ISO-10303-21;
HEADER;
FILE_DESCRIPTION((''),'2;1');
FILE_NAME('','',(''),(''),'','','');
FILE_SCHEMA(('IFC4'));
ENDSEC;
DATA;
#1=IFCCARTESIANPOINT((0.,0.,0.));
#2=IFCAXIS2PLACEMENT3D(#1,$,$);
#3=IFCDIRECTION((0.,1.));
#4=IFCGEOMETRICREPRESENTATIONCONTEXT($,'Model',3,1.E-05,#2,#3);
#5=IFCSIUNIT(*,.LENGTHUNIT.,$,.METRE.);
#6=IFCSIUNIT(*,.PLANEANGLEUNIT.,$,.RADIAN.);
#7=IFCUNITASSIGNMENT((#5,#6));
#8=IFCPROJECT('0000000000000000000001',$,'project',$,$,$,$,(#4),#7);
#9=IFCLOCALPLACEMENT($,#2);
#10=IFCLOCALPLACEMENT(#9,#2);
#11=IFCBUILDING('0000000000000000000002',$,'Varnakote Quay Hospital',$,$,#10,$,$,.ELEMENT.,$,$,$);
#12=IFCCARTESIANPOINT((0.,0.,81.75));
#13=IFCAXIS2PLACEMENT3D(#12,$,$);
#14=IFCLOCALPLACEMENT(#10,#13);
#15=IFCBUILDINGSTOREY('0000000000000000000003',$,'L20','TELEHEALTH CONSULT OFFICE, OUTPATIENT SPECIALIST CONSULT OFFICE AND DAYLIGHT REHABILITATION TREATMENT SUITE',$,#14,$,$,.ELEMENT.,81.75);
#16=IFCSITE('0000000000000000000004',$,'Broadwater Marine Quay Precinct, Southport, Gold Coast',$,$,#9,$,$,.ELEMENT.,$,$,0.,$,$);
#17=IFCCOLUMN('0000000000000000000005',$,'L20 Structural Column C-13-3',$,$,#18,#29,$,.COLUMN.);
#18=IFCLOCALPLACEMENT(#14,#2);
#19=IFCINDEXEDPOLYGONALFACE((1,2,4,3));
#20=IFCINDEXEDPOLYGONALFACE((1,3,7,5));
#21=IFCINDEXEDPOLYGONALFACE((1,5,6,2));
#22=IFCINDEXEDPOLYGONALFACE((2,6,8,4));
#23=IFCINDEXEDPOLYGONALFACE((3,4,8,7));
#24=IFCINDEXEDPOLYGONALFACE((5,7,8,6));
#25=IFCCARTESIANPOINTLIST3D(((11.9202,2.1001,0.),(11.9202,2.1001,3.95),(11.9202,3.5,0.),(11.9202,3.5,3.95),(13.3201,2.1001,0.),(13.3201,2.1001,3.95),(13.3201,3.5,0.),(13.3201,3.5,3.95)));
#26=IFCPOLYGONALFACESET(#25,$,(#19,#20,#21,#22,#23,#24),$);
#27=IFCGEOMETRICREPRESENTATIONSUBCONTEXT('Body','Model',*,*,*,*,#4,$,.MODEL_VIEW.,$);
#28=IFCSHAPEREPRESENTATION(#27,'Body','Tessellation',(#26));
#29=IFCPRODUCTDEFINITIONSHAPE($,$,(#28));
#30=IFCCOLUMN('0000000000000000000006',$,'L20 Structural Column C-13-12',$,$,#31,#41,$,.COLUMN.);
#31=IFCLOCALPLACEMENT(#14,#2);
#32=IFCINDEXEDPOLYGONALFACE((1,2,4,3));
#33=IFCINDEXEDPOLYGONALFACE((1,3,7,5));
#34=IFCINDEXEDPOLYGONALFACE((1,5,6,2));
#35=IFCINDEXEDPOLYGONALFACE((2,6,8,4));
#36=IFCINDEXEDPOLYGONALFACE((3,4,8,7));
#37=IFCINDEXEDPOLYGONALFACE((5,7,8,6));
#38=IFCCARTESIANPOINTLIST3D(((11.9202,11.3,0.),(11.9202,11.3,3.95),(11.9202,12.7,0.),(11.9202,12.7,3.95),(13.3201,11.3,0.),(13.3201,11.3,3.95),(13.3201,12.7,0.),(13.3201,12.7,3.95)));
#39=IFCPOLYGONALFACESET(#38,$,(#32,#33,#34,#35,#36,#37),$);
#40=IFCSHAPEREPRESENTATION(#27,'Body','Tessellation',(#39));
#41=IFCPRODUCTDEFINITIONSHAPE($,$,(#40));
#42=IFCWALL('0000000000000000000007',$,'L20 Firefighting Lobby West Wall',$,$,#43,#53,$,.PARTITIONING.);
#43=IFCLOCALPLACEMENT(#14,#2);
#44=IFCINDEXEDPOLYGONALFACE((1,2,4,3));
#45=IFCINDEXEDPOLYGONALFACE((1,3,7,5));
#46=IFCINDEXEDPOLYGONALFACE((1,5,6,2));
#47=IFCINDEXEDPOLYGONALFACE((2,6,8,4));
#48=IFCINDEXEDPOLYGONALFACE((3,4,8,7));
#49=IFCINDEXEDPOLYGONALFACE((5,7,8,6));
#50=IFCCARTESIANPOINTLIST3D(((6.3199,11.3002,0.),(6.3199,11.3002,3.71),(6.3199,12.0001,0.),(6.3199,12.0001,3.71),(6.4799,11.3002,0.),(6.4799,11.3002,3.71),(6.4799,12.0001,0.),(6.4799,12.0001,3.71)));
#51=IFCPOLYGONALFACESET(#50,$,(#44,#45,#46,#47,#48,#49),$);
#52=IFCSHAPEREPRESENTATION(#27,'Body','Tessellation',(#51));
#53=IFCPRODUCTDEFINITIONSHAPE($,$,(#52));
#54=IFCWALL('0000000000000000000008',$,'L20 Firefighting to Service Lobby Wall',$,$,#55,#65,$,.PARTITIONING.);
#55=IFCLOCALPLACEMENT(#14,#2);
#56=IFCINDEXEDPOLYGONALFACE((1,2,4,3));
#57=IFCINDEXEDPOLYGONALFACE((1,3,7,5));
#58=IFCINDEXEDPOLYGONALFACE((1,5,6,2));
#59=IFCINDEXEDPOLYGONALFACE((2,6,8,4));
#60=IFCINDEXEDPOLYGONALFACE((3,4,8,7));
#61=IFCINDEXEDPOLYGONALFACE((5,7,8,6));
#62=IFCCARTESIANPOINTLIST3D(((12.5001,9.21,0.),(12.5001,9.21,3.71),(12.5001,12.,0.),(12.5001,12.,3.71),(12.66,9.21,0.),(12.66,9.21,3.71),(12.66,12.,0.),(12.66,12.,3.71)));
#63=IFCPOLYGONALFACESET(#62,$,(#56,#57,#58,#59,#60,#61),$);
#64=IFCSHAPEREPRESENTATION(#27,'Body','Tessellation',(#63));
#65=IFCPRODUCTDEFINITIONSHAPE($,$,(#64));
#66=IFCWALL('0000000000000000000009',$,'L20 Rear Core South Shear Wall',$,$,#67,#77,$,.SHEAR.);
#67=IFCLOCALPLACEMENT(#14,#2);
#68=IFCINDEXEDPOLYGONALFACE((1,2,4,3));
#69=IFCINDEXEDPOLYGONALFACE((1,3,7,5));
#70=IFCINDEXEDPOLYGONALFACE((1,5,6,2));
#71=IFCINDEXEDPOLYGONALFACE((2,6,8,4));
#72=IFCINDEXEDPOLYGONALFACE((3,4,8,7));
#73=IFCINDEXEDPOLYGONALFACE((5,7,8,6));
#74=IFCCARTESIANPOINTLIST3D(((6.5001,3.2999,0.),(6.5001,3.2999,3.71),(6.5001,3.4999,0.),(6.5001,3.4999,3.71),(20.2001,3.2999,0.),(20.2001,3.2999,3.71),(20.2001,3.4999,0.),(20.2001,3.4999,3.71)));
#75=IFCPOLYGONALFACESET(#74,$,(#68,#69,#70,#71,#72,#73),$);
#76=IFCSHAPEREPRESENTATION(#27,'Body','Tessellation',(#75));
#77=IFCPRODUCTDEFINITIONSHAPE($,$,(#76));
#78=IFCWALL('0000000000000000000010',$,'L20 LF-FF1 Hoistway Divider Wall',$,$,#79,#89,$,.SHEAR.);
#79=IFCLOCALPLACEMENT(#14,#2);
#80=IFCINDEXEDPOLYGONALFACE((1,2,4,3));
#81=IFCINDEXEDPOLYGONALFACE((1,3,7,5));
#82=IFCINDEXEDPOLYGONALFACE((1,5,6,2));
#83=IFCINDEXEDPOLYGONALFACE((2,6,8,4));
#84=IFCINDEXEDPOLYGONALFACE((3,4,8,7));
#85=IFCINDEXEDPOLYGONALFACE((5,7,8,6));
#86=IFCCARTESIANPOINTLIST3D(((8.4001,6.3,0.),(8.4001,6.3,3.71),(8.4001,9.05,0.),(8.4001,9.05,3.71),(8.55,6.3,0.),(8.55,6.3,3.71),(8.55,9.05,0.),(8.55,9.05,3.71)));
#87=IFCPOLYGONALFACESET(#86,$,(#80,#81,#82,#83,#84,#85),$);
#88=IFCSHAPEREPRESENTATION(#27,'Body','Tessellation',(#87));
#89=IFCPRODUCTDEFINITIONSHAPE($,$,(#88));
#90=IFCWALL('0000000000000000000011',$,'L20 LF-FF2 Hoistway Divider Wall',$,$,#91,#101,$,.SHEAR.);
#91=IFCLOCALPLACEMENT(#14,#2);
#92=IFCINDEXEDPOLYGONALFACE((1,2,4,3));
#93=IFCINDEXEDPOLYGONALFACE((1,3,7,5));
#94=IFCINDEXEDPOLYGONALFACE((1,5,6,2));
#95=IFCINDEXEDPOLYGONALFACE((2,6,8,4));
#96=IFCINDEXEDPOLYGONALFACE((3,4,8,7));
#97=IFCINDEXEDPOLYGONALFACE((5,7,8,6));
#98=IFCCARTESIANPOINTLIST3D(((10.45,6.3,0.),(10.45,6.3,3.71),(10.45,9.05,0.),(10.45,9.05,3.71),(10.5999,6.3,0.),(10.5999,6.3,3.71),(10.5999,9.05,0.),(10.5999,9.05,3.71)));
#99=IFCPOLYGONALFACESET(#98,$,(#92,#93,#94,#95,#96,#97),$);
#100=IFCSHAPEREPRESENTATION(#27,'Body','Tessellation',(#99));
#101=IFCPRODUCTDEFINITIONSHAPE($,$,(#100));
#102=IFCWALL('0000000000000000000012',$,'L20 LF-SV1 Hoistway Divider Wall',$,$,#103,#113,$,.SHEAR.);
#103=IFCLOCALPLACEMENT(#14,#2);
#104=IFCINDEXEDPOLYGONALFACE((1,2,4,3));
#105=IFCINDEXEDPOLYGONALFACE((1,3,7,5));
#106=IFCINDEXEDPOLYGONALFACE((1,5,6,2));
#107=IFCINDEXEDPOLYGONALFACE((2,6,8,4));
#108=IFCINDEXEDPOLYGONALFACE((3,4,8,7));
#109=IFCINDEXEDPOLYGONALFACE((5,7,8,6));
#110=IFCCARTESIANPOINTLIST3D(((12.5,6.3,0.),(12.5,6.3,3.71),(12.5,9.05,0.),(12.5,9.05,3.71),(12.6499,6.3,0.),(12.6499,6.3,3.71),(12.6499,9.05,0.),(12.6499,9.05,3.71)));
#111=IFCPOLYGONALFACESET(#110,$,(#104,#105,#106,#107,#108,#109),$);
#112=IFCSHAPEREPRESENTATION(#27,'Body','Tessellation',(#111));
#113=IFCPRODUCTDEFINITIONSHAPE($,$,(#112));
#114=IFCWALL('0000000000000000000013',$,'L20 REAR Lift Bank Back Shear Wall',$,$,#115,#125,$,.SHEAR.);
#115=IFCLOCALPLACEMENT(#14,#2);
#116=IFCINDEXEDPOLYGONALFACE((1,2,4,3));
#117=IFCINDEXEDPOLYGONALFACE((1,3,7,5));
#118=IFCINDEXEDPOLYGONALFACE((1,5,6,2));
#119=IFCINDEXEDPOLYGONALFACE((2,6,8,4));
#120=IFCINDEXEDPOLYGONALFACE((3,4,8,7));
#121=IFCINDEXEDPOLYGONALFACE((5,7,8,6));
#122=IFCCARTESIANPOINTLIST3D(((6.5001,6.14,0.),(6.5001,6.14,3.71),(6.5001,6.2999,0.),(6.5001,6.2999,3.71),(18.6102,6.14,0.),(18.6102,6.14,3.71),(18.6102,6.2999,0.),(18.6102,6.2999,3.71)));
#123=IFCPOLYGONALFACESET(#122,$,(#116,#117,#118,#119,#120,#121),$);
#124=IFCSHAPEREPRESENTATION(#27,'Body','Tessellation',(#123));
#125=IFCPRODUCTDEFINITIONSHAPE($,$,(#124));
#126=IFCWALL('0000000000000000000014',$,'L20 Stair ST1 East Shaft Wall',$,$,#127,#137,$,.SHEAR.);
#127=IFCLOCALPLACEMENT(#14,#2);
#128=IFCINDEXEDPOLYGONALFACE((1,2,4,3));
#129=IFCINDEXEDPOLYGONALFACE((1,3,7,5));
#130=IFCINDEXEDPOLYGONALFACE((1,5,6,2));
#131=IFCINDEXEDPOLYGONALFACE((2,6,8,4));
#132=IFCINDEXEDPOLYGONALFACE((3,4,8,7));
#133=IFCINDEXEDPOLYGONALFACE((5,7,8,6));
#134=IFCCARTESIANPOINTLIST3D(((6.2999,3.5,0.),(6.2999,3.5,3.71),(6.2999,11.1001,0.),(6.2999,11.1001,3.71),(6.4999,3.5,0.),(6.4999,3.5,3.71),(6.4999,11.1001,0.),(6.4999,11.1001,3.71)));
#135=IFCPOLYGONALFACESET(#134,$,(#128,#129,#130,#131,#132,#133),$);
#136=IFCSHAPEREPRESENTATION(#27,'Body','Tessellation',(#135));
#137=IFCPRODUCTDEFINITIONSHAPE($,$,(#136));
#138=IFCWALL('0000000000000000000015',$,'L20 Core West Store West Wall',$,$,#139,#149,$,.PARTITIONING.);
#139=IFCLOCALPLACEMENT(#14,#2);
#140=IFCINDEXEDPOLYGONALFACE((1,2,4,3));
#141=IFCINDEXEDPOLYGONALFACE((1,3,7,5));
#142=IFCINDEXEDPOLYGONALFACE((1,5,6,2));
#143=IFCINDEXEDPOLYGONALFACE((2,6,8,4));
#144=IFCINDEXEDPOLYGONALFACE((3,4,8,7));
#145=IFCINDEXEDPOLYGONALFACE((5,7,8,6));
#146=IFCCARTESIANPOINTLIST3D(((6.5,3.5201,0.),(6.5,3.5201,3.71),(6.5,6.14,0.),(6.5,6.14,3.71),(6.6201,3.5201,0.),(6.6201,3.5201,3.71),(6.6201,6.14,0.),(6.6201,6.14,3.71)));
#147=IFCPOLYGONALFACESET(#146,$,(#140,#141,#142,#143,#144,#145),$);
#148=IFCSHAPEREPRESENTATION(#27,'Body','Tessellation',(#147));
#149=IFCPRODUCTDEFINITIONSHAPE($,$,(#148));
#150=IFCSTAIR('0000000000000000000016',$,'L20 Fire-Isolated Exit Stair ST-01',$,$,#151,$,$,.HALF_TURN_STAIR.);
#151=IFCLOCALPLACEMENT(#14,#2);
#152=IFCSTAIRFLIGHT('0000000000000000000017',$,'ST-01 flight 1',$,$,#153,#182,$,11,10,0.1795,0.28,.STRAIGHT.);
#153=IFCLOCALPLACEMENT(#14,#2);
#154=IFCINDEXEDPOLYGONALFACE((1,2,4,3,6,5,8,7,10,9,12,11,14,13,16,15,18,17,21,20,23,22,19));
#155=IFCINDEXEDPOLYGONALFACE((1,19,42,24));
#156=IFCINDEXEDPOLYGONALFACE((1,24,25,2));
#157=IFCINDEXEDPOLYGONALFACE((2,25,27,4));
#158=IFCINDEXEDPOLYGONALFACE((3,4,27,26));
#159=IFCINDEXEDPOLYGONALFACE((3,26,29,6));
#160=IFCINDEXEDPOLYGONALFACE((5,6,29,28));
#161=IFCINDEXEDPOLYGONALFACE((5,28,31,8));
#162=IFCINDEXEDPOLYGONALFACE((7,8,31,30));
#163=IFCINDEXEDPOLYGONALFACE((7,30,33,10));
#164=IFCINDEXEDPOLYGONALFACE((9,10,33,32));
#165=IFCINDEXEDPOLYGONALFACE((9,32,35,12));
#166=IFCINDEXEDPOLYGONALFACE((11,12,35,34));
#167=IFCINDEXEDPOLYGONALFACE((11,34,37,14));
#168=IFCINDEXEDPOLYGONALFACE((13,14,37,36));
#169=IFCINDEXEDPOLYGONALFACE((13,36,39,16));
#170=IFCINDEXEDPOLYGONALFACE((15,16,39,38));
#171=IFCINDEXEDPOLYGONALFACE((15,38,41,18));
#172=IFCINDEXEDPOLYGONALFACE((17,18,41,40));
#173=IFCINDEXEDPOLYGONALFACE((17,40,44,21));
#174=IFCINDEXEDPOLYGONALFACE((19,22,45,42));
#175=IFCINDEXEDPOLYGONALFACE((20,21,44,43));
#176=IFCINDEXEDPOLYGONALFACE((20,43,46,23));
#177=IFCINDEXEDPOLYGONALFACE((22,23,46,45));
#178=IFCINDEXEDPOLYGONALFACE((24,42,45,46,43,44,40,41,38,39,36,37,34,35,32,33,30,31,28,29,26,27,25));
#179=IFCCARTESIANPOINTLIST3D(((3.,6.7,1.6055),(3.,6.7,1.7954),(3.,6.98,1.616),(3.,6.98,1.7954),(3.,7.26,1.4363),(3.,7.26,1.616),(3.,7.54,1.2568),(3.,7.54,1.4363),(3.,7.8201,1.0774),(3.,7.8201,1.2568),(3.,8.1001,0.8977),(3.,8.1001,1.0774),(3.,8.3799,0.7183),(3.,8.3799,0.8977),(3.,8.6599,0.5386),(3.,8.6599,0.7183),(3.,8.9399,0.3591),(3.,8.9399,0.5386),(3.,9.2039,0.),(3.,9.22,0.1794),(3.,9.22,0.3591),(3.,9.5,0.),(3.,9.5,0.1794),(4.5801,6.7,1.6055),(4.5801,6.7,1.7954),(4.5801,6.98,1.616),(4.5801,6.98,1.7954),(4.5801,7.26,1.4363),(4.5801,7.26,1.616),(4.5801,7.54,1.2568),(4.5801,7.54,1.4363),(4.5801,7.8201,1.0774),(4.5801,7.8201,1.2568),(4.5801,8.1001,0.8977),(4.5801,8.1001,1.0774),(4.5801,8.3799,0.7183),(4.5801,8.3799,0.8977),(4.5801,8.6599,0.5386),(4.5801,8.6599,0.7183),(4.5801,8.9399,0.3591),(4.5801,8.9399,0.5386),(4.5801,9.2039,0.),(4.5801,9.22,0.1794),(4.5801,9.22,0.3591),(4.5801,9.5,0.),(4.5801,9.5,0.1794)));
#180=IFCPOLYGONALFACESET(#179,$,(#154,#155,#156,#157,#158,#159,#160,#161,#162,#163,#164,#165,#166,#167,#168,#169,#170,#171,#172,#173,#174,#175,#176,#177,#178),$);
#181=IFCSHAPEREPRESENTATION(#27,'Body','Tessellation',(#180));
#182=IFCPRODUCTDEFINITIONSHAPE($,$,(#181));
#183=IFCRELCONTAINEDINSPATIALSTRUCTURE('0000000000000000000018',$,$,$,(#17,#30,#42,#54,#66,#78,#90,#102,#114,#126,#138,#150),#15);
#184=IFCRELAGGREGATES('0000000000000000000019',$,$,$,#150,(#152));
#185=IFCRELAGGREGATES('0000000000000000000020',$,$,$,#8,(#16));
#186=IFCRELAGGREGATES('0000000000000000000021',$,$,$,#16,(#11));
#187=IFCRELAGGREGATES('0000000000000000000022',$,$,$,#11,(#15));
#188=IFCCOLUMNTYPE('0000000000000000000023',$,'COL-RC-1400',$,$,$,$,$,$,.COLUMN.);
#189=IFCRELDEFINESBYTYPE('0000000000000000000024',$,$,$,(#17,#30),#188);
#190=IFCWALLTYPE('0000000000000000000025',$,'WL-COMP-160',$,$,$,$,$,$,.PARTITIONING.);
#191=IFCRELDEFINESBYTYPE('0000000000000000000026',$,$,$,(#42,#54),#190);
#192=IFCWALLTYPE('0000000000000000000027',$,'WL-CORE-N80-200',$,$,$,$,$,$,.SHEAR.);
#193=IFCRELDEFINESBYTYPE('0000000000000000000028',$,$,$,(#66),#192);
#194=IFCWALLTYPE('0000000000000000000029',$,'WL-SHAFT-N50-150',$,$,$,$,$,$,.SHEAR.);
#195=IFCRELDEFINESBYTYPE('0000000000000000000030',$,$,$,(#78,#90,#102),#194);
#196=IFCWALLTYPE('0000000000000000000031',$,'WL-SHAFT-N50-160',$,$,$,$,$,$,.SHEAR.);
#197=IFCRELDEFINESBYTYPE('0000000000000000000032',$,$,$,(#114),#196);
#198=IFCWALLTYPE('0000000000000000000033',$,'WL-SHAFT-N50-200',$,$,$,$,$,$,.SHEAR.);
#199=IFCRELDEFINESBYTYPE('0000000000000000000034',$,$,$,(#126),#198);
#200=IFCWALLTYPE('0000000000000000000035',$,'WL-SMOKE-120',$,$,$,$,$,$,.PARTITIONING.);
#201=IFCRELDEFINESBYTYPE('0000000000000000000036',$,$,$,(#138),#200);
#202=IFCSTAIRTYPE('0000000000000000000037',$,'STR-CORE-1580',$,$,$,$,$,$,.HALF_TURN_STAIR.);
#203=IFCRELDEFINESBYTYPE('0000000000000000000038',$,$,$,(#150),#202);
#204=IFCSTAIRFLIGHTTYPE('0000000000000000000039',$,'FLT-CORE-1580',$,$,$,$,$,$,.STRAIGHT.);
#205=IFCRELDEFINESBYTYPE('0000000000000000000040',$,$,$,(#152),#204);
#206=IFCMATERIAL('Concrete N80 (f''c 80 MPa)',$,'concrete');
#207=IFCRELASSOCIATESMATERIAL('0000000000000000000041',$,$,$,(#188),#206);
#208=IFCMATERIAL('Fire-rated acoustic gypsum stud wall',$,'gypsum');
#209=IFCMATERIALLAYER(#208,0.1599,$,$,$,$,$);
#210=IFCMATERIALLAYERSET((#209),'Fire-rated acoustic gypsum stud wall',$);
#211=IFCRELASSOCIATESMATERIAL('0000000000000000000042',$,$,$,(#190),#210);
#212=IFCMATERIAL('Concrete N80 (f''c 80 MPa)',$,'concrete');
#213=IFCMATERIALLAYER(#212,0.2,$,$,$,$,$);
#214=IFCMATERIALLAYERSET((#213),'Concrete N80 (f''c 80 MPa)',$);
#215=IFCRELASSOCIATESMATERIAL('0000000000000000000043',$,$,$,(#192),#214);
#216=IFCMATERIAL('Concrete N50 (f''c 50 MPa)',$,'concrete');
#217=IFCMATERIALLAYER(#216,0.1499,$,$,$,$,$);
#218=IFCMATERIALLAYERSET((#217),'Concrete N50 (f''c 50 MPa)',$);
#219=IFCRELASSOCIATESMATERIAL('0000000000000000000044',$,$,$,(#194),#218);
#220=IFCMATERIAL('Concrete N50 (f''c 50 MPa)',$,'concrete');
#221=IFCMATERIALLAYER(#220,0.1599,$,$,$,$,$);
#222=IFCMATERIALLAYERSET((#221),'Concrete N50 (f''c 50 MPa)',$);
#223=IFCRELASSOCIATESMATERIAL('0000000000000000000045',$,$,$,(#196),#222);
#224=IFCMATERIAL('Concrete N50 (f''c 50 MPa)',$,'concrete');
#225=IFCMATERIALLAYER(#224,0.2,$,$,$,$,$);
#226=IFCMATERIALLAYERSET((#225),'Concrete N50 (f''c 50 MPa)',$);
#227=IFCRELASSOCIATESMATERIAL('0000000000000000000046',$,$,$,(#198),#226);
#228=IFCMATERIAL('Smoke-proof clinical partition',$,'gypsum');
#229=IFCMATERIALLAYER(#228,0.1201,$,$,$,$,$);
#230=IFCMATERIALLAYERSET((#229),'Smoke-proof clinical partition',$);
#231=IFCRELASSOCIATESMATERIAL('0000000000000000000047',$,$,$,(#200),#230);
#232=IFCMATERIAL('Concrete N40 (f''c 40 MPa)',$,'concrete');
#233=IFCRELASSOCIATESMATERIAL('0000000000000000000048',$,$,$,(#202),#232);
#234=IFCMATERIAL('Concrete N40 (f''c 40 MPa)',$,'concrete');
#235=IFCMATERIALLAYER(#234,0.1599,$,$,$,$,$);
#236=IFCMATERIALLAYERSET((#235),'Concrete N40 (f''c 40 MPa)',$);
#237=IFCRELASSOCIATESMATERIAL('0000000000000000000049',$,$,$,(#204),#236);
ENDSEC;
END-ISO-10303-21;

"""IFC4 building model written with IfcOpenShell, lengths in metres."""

from ifc_helpers import new_model, si_unit, direction, frame, frame_2d, origin, origin_2d, place, context, subcontext, project, spatial, polyline, rectangle, outline, extrude, material, layer, layer_set, material_profile, profile_set, type_object, element, aggregate, save


model = new_model("IFC4")

# Units and contexts
model_context = context("Model", 3, precision=1e-05, world=origin(), true_north=direction((0.0, 1.0)))
body_context = subcontext(model_context, "Body", "Model", "MODEL_VIEW")
ifc_project = project(units=[si_unit("LENGTHUNIT", "METRE"), si_unit("PLANEANGLEUNIT", "RADIAN")], contexts=[model_context])

# Site, building, storey
site_placement = place(None, origin())
site = spatial("IfcSite", under=ifc_project, at=site_placement, Name="Broadwater Marine Quay Precinct, Southport, Gold Coast", CompositionType="ELEMENT", RefElevation=0.0)
building_placement = place(site_placement, origin())
building = spatial("IfcBuilding", under=site, at=building_placement, Name="Varnakote Quay Hospital", CompositionType="ELEMENT")
storey_placement = place(building_placement, frame((0.0, 0.0, 81.75)))
storey = spatial("IfcBuildingStorey", under=building, at=storey_placement, Name="L20", Description="TELEHEALTH CONSULT OFFICE, OUTPATIENT SPECIALIST CONSULT OFFICE AND DAYLIGHT REHABILITATION TREATMENT SUITE", CompositionType="ELEMENT", Elevation=81.75)

# Columns
ifc_material_1 = material(Name="Concrete N80 (f'c 80 MPa)", Category="concrete")
ifc_material_profile = material_profile(ifc_material_1, rectangle(XDim=1.3999, YDim=1.3999, at=origin_2d()), Name="RC-COL-1400x1400")
ifc_profile_set = profile_set([ifc_material_profile], Name="Concrete N80 (f'c 80 MPa)")
column_type = type_object("IfcColumnType", Name="COL-RC-1400", PredefinedType="COLUMN", material=ifc_profile_set)
for number, where, z_axis, x_axis, name in (
    (1, (12.6201, 2.8, 0.0), (0.0, 0.0, 1.0), (1.0, 0.0, 0.0), "L20 Structural Column C-13-3"),
    (2, (12.6201, 12.0, 0.0), (0.0, 0.0, 1.0), (1.0, 0.0, 0.0), "L20 Structural Column C-13-12"),
):
    element("IfcColumn", number, at=place(storey_placement, frame(where, z_axis=z_axis, x_axis=x_axis)), inside=storey, type_object=column_type, Name=name, PredefinedType="COLUMN", context=body_context, shape_type="SweptSolid", body=[
        extrude(rectangle(XDim=1.3999, YDim=1.3999, at=origin_2d()), origin(), (0.0, 0.0, 1.0), 3.95),
    ])

# Walls
ifc_material_2 = material(Name="Fire-rated acoustic gypsum stud wall", Category="gypsum")
ifc_layer_1 = layer(ifc_material_2, 0.1599)
ifc_layer_set_1 = layer_set([ifc_layer_1], Name="Fire-rated acoustic gypsum stud wall")
wall_type_1 = type_object("IfcWallType", Name="WL-COMP-160", PredefinedType="PARTITIONING", material=ifc_layer_set_1)
wall_1_placement = place(storey_placement, frame((6.3999, 11.3, 0.0), z_axis=(0.0, 0.0, 1.0), x_axis=(0.0, 1.0, 0.0)))
element("IfcWall", 3, at=wall_1_placement, inside=storey, type_object=wall_type_1, Name="L20 Firefighting Lobby West Wall", PredefinedType="PARTITIONING", context=body_context, shape_type="SweptSolid", body=[
    extrude(rectangle(XDim=0.7, YDim=0.1599, at=frame_2d((0.3501, 0.0))), origin(), (0.0, 0.0, 1.0), 3.71),
])
wall_2_placement = place(storey_placement, frame((12.5801, 9.21, 0.0), z_axis=(0.0, 0.0, 1.0), x_axis=(0.0, 1.0, 0.0)))
element("IfcWall", 4, at=wall_2_placement, inside=storey, type_object=wall_type_1, Name="L20 Firefighting to Service Lobby Wall", PredefinedType="PARTITIONING", context=body_context, shape_type="SweptSolid", body=[
    extrude(rectangle(XDim=2.79, YDim=0.1599, at=frame_2d((1.395, 0.0))), origin(), (0.0, 0.0, 1.0), 3.71),
])
ifc_material_3 = material(Name="Concrete N80 (f'c 80 MPa)", Category="concrete")
ifc_layer_2 = layer(ifc_material_3, 0.2)
ifc_layer_set_2 = layer_set([ifc_layer_2], Name="Concrete N80 (f'c 80 MPa)")
wall_type_2 = type_object("IfcWallType", Name="WL-CORE-N80-200", PredefinedType="SHEAR", material=ifc_layer_set_2)
wall_3_placement = place(storey_placement, frame((6.5, 3.3999, 0.0), z_axis=(0.0, 0.0, 1.0), x_axis=(1.0, 0.0, 0.0)))
element("IfcWall", 5, at=wall_3_placement, inside=storey, type_object=wall_type_2, Name="L20 Rear Core South Shear Wall", PredefinedType="SHEAR", context=body_context, shape_type="SweptSolid", body=[
    extrude(rectangle(XDim=13.7, YDim=0.2, at=frame_2d((6.8501, 0.0))), origin(), (0.0, 0.0, 1.0), 3.71),
])
ifc_material_4 = material(Name="Concrete N50 (f'c 50 MPa)", Category="concrete")
ifc_layer_3 = layer(ifc_material_4, 0.1499)
ifc_layer_set_3 = layer_set([ifc_layer_3], Name="Concrete N50 (f'c 50 MPa)")
wall_type_3 = type_object("IfcWallType", Name="WL-SHAFT-N50-150", PredefinedType="SHEAR", material=ifc_layer_set_3)
for number, where, z_axis, x_axis, name in (
    (6, (8.4751, 6.3, 0.0), (0.0, 0.0, 1.0), (0.0, 1.0, 0.0), "L20 LF-FF1 Hoistway Divider Wall"),
    (7, (10.5249, 6.3, 0.0), (0.0, 0.0, 1.0), (0.0, 1.0, 0.0), "L20 LF-FF2 Hoistway Divider Wall"),
    (8, (12.575, 6.3, 0.0), (0.0, 0.0, 1.0), (0.0, 1.0, 0.0), "L20 LF-SV1 Hoistway Divider Wall"),
):
    element("IfcWall", number, at=place(storey_placement, frame(where, z_axis=z_axis, x_axis=x_axis)), inside=storey, type_object=wall_type_3, Name=name, PredefinedType="SHEAR", context=body_context, shape_type="SweptSolid", body=[
        extrude(rectangle(XDim=2.75, YDim=0.1499, at=frame_2d((1.375, 0.0))), origin(), (0.0, 0.0, 1.0), 3.71),
    ])
ifc_material_5 = material(Name="Concrete N50 (f'c 50 MPa)", Category="concrete")
ifc_layer_4 = layer(ifc_material_5, 0.1599)
ifc_layer_set_4 = layer_set([ifc_layer_4], Name="Concrete N50 (f'c 50 MPa)")
wall_type_4 = type_object("IfcWallType", Name="WL-SHAFT-N50-160", PredefinedType="SHEAR", material=ifc_layer_set_4)
wall_4_placement = place(storey_placement, frame((6.5, 6.22, 0.0), z_axis=(0.0, 0.0, 1.0), x_axis=(1.0, 0.0, 0.0)))
element("IfcWall", 9, at=wall_4_placement, inside=storey, type_object=wall_type_4, Name="L20 REAR Lift Bank Back Shear Wall", PredefinedType="SHEAR", context=body_context, shape_type="SweptSolid", body=[
    extrude(rectangle(XDim=12.1101, YDim=0.1599, at=frame_2d((6.0552, 0.0))), origin(), (0.0, 0.0, 1.0), 3.71),
])

# Walls
ifc_material_6 = material(Name="Concrete N50 (f'c 50 MPa)", Category="concrete")
ifc_layer_5 = layer(ifc_material_6, 0.2)
ifc_layer_set_5 = layer_set([ifc_layer_5], Name="Concrete N50 (f'c 50 MPa)")
wall_type_5 = type_object("IfcWallType", Name="WL-SHAFT-N50-200", PredefinedType="SHEAR", material=ifc_layer_set_5)
wall_5_placement = place(storey_placement, frame((6.3999, 3.5, 0.0), z_axis=(0.0, 0.0, 1.0), x_axis=(0.0, 1.0, 0.0)))
element("IfcWall", 10, at=wall_5_placement, inside=storey, type_object=wall_type_5, Name="L20 Stair ST1 East Shaft Wall", PredefinedType="SHEAR", context=body_context, shape_type="SweptSolid", body=[
    extrude(rectangle(XDim=7.6001, YDim=0.2, at=frame_2d((3.8, 0.0))), origin(), (0.0, 0.0, 1.0), 3.71),
])
ifc_material_7 = material(Name="Smoke-proof clinical partition", Category="gypsum")
ifc_layer_6 = layer(ifc_material_7, 0.1201)
ifc_layer_set_6 = layer_set([ifc_layer_6], Name="Smoke-proof clinical partition")
wall_type_6 = type_object("IfcWallType", Name="WL-SMOKE-120", PredefinedType="PARTITIONING", material=ifc_layer_set_6)
wall_6_placement = place(storey_placement, frame((6.5601, 3.52, 0.0), z_axis=(0.0, 0.0, 1.0), x_axis=(0.0, 1.0, 0.0)))
element("IfcWall", 11, at=wall_6_placement, inside=storey, type_object=wall_type_6, Name="L20 Core West Store West Wall", PredefinedType="PARTITIONING", context=body_context, shape_type="SweptSolid", body=[
    extrude(rectangle(XDim=2.6199, YDim=0.1201, at=frame_2d((1.3101, 0.0))), origin(), (0.0, 0.0, 1.0), 3.71),
])

# Stair, stair flight
ifc_material_8 = material(Name="Concrete N40 (f'c 40 MPa)", Category="concrete")
stair_type = type_object("IfcStairType", Name="STR-CORE-1580", PredefinedType="HALF_TURN_STAIR", material=ifc_material_8)
stair_placement = place(storey_placement, origin())
stair = element("IfcStair", 12, at=stair_placement, inside=storey, type_object=stair_type, Name="L20 Fire-Isolated Exit Stair ST-01", PredefinedType="HALF_TURN_STAIR")
ifc_material_9 = material(Name="Concrete N40 (f'c 40 MPa)", Category="concrete")
ifc_layer_7 = layer(ifc_material_9, 0.1599)
ifc_layer_set_7 = layer_set([ifc_layer_7], Name="Concrete N40 (f'c 40 MPa)")
stair_flight_type = type_object("IfcStairFlightType", Name="FLT-CORE-1580", PredefinedType="STRAIGHT", material=ifc_layer_set_7)
stair_flight_1_placement = place(storey_placement, frame((3.79, 9.5, 0.0), z_axis=(0.0, 0.0, 1.0), x_axis=(0.0, -1.0, 0.0)))
stair_flight_1 = element("IfcStairFlight", 13, at=stair_flight_1_placement, type_object=stair_flight_type, Name="ST-01 flight 1", NumberOfRisers=11, NumberOfTreads=10, PredefinedType="STRAIGHT", RiserHeight=0.1795, TreadLength=0.28, context=body_context, shape_type="SweptSolid", body=[
    extrude(outline(polyline([(0.0, 0.0), (0.0, 0.1794), (0.28, 0.1794), (0.28, 0.3591), (0.5601, 0.3591), (0.5601, 0.5386), (0.8401, 0.5386), (0.8401, 0.7183), (1.1201, 0.7183), (1.1201, 0.8977), (1.3999, 0.8977), (1.3999, 1.0774), (1.6799, 1.0774), (1.6799, 1.2568), (1.96, 1.2568), (1.96, 1.4363), (2.24, 1.4363), (2.24, 1.616), (2.52, 1.616), (2.52, 1.7954), (2.8, 1.7954), (2.8, 1.9751), (2.8, 1.6055), (0.2961, 0.0), (0.0, 0.0)])), frame((0.0, 0.79, 0.0), z_axis=(0.0, -1.0, 0.0), x_axis=(1.0, 0.0, 0.0)), (0.0, 0.0, 1.0), 1.5801),
])
aggregate(stair, [stair_flight_1])

save(model, "model.ifc")
